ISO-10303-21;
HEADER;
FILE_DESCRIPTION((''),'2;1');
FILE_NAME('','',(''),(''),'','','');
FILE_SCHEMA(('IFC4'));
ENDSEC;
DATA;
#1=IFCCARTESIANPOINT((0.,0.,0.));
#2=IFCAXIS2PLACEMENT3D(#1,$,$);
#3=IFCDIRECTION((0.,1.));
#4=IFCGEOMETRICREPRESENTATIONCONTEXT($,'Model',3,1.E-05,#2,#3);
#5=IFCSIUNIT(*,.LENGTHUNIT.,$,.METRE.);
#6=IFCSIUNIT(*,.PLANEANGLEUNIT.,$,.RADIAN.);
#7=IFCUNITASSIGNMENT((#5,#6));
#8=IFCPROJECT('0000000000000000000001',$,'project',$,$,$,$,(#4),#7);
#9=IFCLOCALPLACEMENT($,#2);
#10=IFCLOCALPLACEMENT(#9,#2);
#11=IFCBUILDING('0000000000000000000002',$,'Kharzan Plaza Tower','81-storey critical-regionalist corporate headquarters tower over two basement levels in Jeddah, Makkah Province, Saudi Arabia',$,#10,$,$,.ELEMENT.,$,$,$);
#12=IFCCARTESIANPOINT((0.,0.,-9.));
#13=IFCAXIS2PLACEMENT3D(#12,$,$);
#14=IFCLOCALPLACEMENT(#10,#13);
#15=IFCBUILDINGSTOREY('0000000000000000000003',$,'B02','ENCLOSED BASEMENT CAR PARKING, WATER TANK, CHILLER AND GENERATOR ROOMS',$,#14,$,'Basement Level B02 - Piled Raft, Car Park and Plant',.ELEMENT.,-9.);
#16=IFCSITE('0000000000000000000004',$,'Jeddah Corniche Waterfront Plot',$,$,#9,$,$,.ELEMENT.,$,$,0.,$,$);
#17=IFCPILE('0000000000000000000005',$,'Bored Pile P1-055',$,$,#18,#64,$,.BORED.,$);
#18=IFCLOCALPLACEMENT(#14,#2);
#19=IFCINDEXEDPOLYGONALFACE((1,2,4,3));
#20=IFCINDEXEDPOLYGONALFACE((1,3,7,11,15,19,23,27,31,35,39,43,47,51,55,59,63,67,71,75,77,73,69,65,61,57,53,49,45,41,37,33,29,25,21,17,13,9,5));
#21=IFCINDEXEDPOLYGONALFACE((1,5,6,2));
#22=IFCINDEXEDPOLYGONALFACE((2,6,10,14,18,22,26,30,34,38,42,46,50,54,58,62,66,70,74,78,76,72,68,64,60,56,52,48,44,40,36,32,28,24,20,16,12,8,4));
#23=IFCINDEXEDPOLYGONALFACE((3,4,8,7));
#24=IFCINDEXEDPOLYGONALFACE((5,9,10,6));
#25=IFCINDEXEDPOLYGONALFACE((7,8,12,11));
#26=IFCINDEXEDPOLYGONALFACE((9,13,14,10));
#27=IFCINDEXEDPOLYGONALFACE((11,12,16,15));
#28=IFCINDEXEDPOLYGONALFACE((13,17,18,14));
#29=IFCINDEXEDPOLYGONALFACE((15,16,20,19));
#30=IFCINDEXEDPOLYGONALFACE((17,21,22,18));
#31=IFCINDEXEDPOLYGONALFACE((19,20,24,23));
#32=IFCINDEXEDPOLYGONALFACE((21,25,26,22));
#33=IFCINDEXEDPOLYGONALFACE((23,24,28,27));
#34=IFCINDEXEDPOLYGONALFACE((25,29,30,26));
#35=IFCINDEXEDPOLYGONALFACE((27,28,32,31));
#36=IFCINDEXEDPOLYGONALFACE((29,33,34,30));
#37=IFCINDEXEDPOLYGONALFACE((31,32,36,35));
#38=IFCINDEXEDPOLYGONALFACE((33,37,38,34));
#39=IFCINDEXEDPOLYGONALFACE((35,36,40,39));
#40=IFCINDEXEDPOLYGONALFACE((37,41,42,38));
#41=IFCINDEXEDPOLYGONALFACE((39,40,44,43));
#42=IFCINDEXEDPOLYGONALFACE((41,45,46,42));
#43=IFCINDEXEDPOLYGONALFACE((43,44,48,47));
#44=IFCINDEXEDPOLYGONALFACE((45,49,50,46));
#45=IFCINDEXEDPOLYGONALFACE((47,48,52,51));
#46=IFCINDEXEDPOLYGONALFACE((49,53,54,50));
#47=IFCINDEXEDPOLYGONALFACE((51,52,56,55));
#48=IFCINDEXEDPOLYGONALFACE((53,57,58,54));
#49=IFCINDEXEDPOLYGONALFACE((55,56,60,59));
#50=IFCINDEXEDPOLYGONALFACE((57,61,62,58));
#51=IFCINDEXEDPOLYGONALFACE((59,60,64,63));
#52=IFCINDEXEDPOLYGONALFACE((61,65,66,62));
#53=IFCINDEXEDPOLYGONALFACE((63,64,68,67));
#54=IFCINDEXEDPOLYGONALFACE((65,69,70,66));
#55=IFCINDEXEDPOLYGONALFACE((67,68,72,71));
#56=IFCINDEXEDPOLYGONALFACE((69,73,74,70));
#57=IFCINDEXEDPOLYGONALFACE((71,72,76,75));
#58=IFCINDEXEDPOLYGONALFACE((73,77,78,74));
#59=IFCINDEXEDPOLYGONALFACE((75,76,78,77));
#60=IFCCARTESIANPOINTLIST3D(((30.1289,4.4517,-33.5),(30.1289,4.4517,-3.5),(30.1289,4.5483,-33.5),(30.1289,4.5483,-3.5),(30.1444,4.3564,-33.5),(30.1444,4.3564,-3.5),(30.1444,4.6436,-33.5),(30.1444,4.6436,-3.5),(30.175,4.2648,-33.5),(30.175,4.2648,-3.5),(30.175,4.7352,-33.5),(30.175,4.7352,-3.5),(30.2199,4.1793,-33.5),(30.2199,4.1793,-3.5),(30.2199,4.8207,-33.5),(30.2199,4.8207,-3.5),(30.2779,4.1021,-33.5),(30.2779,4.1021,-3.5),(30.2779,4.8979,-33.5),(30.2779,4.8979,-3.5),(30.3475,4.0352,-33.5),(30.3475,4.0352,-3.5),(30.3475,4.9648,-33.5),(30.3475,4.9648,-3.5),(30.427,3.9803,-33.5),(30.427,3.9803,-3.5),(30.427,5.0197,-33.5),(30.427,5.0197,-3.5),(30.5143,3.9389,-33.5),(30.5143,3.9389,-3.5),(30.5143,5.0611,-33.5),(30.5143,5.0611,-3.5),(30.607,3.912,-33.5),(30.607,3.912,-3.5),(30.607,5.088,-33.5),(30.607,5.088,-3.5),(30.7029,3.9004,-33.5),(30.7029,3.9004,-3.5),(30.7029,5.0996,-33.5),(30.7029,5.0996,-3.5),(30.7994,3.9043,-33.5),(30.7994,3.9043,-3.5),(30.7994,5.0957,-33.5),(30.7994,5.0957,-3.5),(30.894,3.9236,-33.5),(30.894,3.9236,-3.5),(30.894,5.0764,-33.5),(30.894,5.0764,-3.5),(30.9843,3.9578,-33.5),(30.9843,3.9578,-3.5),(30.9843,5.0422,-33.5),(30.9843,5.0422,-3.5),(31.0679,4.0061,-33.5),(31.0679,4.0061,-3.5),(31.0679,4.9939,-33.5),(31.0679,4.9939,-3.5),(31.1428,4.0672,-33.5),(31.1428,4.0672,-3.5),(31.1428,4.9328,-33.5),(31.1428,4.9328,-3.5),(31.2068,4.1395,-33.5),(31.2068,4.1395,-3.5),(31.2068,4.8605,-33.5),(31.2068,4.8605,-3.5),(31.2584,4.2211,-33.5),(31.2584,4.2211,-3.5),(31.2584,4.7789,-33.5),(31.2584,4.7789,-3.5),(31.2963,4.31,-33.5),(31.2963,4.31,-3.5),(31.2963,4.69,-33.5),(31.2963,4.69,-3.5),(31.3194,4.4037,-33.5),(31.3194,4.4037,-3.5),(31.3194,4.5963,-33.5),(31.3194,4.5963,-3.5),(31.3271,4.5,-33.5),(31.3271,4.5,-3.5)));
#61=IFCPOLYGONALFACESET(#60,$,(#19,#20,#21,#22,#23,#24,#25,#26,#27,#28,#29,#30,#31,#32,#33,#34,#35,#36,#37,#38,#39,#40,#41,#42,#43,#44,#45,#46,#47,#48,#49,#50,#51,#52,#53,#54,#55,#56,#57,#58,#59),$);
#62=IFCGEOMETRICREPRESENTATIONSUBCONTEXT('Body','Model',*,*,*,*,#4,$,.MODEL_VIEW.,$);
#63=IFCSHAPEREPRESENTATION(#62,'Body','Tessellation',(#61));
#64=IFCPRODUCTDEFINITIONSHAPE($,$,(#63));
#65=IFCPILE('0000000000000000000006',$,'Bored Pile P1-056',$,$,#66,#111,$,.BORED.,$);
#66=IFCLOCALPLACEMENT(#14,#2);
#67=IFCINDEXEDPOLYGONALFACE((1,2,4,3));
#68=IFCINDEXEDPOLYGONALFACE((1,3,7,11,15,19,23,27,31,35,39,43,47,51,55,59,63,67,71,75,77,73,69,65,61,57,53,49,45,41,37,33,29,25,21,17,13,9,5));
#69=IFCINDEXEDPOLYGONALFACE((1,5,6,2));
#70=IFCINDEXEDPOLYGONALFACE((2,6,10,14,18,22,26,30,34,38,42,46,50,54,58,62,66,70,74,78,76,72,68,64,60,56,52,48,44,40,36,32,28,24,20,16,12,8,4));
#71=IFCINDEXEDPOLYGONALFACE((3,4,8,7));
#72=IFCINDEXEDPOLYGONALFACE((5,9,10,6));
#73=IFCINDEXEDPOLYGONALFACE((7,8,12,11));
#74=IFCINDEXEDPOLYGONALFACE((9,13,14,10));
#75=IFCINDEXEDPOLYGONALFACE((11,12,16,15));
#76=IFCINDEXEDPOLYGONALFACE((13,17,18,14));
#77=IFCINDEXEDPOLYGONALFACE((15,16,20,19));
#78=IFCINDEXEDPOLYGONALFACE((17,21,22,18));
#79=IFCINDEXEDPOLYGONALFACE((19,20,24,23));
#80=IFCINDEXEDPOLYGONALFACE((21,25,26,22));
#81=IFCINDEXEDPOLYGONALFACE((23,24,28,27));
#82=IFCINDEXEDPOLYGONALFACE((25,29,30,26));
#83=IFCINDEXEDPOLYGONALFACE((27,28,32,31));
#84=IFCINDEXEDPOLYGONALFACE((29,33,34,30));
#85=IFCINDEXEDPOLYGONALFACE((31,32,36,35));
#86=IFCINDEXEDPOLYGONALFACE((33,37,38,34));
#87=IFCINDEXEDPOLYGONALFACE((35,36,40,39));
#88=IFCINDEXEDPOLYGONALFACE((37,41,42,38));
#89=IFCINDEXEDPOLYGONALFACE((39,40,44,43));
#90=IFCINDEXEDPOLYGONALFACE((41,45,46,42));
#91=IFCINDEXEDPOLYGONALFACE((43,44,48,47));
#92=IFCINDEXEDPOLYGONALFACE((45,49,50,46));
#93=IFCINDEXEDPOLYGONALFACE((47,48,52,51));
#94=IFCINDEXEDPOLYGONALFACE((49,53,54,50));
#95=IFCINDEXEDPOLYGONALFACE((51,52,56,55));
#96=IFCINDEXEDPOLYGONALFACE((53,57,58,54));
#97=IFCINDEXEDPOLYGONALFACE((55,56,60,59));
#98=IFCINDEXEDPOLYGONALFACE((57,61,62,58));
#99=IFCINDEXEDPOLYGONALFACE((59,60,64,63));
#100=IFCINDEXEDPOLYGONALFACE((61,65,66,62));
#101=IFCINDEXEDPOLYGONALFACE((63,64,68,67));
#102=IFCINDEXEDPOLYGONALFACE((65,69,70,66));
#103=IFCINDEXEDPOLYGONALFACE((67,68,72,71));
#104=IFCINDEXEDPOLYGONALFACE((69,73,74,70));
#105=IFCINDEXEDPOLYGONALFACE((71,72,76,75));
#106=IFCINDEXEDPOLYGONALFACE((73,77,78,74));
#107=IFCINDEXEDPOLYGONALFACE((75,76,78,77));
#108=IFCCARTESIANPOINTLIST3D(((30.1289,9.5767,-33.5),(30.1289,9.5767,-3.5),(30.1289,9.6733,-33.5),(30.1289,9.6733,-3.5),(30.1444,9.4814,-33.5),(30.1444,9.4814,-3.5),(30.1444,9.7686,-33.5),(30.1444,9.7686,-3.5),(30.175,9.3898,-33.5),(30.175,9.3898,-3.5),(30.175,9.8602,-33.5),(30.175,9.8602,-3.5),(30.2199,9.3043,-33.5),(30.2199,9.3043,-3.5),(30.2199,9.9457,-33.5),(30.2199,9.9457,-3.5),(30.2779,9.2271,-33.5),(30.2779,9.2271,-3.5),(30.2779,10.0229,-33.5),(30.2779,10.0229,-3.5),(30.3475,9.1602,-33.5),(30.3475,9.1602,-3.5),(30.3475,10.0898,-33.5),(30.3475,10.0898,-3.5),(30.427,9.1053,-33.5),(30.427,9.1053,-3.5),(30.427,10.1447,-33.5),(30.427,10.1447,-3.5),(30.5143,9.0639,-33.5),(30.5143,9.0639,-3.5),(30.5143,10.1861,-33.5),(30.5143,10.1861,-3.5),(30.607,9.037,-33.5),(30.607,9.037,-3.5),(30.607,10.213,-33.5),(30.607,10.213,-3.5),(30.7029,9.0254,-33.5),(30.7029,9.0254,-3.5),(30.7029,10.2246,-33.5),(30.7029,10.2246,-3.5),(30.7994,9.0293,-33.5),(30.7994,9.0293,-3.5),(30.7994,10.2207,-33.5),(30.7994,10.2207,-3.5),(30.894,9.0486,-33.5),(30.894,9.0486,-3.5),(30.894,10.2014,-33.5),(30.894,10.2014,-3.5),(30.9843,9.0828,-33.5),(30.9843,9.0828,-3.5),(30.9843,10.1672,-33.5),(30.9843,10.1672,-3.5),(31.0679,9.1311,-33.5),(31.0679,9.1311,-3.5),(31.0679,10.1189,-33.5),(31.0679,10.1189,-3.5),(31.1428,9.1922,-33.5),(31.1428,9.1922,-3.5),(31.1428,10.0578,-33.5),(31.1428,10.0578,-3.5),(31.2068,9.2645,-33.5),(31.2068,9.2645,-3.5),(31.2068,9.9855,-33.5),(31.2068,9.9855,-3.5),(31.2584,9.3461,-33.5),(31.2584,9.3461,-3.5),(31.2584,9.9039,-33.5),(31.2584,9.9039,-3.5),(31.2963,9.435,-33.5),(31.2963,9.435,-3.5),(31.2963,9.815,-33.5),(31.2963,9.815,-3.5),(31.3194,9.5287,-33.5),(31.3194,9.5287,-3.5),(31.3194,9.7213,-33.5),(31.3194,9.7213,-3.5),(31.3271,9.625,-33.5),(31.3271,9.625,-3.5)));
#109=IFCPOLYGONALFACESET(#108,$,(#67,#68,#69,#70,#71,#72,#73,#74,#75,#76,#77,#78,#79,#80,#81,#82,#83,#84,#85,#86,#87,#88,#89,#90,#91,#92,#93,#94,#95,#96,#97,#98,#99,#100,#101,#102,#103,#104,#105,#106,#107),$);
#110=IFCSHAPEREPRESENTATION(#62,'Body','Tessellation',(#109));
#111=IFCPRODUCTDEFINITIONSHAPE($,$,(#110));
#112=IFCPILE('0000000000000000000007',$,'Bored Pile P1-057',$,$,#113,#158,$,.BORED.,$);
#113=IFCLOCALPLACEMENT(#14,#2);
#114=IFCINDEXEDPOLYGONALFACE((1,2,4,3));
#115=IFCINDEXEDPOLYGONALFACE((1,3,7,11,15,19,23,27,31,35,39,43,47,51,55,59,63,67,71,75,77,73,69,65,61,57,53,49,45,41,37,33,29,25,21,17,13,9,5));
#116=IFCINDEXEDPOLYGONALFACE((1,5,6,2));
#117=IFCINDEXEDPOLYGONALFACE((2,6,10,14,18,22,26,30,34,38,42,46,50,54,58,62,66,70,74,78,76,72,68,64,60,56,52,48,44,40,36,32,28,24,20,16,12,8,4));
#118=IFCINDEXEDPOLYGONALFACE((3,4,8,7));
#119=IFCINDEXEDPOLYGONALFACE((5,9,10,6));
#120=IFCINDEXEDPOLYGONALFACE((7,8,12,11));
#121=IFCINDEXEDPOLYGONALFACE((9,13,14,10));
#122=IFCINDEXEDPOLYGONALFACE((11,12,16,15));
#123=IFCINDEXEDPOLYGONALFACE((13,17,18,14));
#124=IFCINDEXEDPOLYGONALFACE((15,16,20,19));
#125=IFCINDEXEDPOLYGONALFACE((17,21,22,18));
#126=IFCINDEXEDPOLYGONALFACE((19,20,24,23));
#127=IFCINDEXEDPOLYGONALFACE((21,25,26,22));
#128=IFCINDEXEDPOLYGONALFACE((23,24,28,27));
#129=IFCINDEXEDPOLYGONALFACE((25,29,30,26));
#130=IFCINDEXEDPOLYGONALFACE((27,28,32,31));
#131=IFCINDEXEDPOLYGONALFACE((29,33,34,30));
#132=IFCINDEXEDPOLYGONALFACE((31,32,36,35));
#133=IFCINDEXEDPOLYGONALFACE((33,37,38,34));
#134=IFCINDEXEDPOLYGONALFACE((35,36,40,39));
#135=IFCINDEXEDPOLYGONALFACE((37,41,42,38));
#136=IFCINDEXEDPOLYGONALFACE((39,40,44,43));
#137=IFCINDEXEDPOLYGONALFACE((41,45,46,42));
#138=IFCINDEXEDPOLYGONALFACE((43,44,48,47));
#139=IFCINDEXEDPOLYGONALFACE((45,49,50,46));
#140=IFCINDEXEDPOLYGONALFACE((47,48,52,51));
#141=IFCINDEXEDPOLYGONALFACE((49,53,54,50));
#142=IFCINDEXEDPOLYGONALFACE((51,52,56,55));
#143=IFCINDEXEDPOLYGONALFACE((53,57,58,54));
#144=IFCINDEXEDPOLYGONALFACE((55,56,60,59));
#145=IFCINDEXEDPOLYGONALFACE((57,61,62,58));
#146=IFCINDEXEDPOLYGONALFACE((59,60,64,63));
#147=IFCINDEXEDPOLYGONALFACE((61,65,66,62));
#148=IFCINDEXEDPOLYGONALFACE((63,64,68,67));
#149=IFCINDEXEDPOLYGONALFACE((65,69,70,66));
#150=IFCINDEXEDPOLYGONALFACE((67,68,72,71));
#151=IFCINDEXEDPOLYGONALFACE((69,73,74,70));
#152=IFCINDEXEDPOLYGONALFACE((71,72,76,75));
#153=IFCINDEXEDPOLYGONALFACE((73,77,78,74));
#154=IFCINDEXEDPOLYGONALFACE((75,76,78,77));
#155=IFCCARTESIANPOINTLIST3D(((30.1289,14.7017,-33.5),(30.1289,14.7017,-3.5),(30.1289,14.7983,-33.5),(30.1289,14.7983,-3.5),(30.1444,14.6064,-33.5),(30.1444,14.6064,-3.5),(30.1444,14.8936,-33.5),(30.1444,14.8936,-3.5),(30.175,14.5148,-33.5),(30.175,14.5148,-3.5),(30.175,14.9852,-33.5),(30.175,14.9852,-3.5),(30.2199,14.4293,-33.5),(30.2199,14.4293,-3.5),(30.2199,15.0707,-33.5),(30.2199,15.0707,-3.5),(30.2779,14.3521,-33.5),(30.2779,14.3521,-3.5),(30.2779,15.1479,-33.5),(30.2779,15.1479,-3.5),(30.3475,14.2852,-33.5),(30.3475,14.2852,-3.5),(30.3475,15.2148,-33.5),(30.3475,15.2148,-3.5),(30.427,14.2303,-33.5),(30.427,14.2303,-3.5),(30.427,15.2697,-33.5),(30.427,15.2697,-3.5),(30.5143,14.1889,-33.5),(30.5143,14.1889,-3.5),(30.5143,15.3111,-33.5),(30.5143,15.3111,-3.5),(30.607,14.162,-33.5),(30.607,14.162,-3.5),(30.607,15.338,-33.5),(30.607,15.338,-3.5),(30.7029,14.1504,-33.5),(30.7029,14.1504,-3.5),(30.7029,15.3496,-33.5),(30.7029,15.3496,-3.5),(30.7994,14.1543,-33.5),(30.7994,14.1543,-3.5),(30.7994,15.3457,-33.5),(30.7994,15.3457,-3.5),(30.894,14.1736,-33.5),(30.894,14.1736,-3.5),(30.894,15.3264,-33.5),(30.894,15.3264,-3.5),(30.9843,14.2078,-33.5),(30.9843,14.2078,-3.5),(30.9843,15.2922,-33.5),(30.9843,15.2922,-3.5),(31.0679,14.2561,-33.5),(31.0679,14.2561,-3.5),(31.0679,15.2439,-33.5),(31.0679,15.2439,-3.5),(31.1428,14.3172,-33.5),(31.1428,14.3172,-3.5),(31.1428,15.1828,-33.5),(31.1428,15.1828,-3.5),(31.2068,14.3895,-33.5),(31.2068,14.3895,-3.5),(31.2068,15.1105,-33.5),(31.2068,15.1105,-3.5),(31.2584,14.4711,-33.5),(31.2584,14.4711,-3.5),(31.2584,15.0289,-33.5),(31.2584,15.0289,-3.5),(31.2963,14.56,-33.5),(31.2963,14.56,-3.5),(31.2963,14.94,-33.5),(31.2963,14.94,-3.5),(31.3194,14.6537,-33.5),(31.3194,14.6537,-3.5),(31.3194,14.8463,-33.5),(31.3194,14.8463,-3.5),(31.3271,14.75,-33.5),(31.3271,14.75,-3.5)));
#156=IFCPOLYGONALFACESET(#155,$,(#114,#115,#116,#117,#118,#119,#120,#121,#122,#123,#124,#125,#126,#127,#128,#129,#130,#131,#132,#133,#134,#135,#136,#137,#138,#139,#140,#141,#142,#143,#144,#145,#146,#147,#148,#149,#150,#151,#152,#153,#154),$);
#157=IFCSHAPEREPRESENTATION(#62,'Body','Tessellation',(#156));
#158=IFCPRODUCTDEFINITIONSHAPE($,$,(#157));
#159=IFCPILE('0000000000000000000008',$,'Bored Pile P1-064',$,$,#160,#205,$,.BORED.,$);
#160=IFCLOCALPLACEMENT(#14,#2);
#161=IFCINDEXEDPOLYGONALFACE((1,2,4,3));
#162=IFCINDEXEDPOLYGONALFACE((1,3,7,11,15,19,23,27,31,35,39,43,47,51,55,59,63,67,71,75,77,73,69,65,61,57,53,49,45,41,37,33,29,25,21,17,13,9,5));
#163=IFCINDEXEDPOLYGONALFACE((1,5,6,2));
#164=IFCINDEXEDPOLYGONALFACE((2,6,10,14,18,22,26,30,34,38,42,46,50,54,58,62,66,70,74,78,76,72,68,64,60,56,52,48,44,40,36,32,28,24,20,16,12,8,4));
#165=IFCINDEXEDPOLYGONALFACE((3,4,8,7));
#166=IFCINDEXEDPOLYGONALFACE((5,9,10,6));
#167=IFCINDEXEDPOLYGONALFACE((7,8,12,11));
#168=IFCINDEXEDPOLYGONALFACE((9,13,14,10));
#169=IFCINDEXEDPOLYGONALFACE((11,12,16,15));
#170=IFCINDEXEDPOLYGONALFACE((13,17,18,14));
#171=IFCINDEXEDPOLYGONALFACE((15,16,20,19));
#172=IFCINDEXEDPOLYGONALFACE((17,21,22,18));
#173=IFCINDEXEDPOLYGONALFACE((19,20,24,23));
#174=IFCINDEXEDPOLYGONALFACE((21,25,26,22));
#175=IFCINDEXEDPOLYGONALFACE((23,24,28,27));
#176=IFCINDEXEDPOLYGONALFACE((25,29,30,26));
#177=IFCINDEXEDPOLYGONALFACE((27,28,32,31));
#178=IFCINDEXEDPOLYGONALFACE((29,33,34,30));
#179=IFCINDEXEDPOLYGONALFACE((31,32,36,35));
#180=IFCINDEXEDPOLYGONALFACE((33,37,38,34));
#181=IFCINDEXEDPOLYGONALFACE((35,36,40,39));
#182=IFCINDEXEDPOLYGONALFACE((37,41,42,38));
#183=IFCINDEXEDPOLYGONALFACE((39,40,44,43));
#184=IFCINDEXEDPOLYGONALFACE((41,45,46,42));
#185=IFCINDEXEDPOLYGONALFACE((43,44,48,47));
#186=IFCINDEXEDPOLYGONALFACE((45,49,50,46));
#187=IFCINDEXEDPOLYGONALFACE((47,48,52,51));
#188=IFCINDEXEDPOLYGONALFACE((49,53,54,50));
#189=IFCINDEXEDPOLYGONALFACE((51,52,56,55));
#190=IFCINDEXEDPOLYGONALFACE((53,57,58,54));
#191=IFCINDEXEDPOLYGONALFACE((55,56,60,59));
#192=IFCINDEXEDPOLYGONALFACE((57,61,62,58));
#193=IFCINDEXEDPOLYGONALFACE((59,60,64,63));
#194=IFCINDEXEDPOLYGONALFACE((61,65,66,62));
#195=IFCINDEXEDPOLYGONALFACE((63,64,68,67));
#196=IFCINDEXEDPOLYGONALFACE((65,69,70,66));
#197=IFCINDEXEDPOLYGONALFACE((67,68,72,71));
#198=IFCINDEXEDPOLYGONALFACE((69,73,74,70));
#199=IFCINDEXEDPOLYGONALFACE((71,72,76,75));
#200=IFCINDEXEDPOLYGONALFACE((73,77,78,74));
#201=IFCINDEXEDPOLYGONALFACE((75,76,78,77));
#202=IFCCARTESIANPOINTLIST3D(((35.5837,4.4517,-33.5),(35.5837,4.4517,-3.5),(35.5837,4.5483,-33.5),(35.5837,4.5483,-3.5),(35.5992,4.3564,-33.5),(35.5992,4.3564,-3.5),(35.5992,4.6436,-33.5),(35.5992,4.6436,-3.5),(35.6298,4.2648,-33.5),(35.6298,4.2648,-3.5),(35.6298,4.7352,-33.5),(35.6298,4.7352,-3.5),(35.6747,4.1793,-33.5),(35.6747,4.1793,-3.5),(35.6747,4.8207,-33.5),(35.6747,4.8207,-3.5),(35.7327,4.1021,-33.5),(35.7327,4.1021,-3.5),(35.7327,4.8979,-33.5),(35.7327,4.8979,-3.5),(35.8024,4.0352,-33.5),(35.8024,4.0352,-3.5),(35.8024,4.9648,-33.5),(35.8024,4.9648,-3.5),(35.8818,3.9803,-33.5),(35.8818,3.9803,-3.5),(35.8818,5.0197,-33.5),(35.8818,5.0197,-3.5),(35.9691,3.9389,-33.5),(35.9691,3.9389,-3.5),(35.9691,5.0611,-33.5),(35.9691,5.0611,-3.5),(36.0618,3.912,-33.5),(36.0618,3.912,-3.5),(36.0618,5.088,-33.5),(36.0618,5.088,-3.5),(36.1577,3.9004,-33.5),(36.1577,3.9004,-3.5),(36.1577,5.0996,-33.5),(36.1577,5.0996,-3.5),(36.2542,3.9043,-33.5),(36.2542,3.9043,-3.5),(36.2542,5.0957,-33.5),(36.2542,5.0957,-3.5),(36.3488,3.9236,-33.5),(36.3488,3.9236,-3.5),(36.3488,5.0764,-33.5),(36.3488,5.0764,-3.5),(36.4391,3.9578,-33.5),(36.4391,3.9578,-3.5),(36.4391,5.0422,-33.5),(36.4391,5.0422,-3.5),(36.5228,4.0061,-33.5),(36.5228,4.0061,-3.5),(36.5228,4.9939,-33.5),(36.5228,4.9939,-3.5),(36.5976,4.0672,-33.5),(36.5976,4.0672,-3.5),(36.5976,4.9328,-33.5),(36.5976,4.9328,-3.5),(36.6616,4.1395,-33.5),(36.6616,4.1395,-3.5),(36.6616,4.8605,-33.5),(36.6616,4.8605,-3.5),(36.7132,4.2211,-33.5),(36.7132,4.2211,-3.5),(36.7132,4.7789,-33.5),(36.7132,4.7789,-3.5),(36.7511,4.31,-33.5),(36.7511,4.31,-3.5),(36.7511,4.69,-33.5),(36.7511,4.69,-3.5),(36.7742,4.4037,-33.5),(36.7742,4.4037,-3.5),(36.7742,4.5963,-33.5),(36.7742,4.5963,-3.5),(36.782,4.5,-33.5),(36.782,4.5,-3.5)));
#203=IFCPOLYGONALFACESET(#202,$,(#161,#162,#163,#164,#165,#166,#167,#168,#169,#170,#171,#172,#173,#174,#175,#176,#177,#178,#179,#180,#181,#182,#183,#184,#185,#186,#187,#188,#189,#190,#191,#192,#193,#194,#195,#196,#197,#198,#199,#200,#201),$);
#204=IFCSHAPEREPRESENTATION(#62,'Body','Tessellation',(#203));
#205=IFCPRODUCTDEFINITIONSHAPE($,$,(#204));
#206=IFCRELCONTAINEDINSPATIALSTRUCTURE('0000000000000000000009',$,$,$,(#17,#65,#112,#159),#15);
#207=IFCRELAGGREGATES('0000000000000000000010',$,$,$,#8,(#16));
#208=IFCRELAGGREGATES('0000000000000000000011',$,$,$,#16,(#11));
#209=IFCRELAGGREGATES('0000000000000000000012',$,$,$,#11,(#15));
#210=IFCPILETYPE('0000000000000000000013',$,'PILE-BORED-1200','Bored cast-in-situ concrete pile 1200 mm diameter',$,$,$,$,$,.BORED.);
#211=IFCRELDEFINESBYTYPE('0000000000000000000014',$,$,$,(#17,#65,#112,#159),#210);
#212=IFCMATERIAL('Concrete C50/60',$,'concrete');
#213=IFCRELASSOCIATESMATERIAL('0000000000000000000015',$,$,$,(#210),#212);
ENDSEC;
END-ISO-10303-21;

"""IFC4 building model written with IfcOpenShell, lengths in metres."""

from ifc_helpers import new_model, si_unit, direction, frame, origin, origin_2d, place, context, subcontext, project, spatial, circle, extrude, source, transform, mapped, material, material_profile, profile_set, type_object, element, save


model = new_model("IFC4")

# Units and contexts
model_context = context("Model", 3, precision=1e-05, world=origin(), true_north=direction((0.0, 1.0)))
body_context = subcontext(model_context, "Body", "Model", "MODEL_VIEW")
ifc_project = project(units=[si_unit("LENGTHUNIT", "METRE"), si_unit("PLANEANGLEUNIT", "RADIAN")], contexts=[model_context])

# Site, building, storey
site_placement = place(None, origin())
site = spatial("IfcSite", under=ifc_project, at=site_placement, Name="Jeddah Corniche Waterfront Plot", CompositionType="ELEMENT", RefElevation=0.0)
building_placement = place(site_placement, origin())
building = spatial("IfcBuilding", under=site, at=building_placement, Name="Kharzan Plaza Tower", Description="81-storey critical-regionalist corporate headquarters tower over two basement levels in Jeddah, Makkah Province, Saudi Arabia", CompositionType="ELEMENT")
storey_placement = place(building_placement, frame((0.0, 0.0, -9.0)))
storey = spatial("IfcBuildingStorey", under=building, at=storey_placement, Name="B02", Description="ENCLOSED BASEMENT CAR PARKING, WATER TANK, CHILLER AND GENERATOR ROOMS", LongName="Basement Level B02 - Piled Raft, Car Park and Plant", CompositionType="ELEMENT", Elevation=-9.0)

# Piles
ifc_material_1 = material(Name="Concrete C50/60", Category="concrete")
ifc_material_profile_1 = material_profile(ifc_material_1, circle(Radius=0.6001, at=origin_2d()), Name="PILE-D1200")
ifc_profile_set_1 = profile_set([ifc_material_profile_1], Name="Concrete C50/60")
pile_type = type_object("IfcPileType", Name="PILE-BORED-1200", Description="Bored cast-in-situ concrete pile 1200 mm diameter", PredefinedType="BORED", material=ifc_profile_set_1)
shared_shape_1 = source(origin(), body_context, "Body", "SweptSolid", [
    extrude(circle(Radius=0.6001, at=origin_2d()), origin(), (0.0, 0.0, 1.0), 30.0),
])
for number, where, z_axis, x_axis, name in (
    (1, (30.7271, 4.5, -3.5), (0.0, 0.0, -1.0), (1.0, 0.0, 0.0), "Bored Pile P1-055"),
    (2, (30.7271, 9.625, -3.5), (0.0, 0.0, -1.0), (1.0, 0.0, 0.0), "Bored Pile P1-056"),
    (3, (30.7271, 14.75, -3.5), (0.0, 0.0, -1.0), (1.0, 0.0, 0.0), "Bored Pile P1-057"),
    (4, (36.1819, 4.5, -3.5), (0.0, 0.0, -1.0), (1.0, 0.0, 0.0), "Bored Pile P1-064"),
):
    element("IfcPile", number, at=place(storey_placement, frame(where, z_axis=z_axis, x_axis=x_axis)), inside=storey, type_object=pile_type, Name=name, PredefinedType="BORED", context=body_context, shape_type="MappedRepresentation", body=[
        mapped(shared_shape_1, transform((0.0, 0.0, 0.0), x_axis=(1.0, 0.0, 0.0), y_axis=(0.0, 1.0, 0.0), z_axis=(0.0, 0.0, 1.0))),
    ])

save(model, "model.ifc")
